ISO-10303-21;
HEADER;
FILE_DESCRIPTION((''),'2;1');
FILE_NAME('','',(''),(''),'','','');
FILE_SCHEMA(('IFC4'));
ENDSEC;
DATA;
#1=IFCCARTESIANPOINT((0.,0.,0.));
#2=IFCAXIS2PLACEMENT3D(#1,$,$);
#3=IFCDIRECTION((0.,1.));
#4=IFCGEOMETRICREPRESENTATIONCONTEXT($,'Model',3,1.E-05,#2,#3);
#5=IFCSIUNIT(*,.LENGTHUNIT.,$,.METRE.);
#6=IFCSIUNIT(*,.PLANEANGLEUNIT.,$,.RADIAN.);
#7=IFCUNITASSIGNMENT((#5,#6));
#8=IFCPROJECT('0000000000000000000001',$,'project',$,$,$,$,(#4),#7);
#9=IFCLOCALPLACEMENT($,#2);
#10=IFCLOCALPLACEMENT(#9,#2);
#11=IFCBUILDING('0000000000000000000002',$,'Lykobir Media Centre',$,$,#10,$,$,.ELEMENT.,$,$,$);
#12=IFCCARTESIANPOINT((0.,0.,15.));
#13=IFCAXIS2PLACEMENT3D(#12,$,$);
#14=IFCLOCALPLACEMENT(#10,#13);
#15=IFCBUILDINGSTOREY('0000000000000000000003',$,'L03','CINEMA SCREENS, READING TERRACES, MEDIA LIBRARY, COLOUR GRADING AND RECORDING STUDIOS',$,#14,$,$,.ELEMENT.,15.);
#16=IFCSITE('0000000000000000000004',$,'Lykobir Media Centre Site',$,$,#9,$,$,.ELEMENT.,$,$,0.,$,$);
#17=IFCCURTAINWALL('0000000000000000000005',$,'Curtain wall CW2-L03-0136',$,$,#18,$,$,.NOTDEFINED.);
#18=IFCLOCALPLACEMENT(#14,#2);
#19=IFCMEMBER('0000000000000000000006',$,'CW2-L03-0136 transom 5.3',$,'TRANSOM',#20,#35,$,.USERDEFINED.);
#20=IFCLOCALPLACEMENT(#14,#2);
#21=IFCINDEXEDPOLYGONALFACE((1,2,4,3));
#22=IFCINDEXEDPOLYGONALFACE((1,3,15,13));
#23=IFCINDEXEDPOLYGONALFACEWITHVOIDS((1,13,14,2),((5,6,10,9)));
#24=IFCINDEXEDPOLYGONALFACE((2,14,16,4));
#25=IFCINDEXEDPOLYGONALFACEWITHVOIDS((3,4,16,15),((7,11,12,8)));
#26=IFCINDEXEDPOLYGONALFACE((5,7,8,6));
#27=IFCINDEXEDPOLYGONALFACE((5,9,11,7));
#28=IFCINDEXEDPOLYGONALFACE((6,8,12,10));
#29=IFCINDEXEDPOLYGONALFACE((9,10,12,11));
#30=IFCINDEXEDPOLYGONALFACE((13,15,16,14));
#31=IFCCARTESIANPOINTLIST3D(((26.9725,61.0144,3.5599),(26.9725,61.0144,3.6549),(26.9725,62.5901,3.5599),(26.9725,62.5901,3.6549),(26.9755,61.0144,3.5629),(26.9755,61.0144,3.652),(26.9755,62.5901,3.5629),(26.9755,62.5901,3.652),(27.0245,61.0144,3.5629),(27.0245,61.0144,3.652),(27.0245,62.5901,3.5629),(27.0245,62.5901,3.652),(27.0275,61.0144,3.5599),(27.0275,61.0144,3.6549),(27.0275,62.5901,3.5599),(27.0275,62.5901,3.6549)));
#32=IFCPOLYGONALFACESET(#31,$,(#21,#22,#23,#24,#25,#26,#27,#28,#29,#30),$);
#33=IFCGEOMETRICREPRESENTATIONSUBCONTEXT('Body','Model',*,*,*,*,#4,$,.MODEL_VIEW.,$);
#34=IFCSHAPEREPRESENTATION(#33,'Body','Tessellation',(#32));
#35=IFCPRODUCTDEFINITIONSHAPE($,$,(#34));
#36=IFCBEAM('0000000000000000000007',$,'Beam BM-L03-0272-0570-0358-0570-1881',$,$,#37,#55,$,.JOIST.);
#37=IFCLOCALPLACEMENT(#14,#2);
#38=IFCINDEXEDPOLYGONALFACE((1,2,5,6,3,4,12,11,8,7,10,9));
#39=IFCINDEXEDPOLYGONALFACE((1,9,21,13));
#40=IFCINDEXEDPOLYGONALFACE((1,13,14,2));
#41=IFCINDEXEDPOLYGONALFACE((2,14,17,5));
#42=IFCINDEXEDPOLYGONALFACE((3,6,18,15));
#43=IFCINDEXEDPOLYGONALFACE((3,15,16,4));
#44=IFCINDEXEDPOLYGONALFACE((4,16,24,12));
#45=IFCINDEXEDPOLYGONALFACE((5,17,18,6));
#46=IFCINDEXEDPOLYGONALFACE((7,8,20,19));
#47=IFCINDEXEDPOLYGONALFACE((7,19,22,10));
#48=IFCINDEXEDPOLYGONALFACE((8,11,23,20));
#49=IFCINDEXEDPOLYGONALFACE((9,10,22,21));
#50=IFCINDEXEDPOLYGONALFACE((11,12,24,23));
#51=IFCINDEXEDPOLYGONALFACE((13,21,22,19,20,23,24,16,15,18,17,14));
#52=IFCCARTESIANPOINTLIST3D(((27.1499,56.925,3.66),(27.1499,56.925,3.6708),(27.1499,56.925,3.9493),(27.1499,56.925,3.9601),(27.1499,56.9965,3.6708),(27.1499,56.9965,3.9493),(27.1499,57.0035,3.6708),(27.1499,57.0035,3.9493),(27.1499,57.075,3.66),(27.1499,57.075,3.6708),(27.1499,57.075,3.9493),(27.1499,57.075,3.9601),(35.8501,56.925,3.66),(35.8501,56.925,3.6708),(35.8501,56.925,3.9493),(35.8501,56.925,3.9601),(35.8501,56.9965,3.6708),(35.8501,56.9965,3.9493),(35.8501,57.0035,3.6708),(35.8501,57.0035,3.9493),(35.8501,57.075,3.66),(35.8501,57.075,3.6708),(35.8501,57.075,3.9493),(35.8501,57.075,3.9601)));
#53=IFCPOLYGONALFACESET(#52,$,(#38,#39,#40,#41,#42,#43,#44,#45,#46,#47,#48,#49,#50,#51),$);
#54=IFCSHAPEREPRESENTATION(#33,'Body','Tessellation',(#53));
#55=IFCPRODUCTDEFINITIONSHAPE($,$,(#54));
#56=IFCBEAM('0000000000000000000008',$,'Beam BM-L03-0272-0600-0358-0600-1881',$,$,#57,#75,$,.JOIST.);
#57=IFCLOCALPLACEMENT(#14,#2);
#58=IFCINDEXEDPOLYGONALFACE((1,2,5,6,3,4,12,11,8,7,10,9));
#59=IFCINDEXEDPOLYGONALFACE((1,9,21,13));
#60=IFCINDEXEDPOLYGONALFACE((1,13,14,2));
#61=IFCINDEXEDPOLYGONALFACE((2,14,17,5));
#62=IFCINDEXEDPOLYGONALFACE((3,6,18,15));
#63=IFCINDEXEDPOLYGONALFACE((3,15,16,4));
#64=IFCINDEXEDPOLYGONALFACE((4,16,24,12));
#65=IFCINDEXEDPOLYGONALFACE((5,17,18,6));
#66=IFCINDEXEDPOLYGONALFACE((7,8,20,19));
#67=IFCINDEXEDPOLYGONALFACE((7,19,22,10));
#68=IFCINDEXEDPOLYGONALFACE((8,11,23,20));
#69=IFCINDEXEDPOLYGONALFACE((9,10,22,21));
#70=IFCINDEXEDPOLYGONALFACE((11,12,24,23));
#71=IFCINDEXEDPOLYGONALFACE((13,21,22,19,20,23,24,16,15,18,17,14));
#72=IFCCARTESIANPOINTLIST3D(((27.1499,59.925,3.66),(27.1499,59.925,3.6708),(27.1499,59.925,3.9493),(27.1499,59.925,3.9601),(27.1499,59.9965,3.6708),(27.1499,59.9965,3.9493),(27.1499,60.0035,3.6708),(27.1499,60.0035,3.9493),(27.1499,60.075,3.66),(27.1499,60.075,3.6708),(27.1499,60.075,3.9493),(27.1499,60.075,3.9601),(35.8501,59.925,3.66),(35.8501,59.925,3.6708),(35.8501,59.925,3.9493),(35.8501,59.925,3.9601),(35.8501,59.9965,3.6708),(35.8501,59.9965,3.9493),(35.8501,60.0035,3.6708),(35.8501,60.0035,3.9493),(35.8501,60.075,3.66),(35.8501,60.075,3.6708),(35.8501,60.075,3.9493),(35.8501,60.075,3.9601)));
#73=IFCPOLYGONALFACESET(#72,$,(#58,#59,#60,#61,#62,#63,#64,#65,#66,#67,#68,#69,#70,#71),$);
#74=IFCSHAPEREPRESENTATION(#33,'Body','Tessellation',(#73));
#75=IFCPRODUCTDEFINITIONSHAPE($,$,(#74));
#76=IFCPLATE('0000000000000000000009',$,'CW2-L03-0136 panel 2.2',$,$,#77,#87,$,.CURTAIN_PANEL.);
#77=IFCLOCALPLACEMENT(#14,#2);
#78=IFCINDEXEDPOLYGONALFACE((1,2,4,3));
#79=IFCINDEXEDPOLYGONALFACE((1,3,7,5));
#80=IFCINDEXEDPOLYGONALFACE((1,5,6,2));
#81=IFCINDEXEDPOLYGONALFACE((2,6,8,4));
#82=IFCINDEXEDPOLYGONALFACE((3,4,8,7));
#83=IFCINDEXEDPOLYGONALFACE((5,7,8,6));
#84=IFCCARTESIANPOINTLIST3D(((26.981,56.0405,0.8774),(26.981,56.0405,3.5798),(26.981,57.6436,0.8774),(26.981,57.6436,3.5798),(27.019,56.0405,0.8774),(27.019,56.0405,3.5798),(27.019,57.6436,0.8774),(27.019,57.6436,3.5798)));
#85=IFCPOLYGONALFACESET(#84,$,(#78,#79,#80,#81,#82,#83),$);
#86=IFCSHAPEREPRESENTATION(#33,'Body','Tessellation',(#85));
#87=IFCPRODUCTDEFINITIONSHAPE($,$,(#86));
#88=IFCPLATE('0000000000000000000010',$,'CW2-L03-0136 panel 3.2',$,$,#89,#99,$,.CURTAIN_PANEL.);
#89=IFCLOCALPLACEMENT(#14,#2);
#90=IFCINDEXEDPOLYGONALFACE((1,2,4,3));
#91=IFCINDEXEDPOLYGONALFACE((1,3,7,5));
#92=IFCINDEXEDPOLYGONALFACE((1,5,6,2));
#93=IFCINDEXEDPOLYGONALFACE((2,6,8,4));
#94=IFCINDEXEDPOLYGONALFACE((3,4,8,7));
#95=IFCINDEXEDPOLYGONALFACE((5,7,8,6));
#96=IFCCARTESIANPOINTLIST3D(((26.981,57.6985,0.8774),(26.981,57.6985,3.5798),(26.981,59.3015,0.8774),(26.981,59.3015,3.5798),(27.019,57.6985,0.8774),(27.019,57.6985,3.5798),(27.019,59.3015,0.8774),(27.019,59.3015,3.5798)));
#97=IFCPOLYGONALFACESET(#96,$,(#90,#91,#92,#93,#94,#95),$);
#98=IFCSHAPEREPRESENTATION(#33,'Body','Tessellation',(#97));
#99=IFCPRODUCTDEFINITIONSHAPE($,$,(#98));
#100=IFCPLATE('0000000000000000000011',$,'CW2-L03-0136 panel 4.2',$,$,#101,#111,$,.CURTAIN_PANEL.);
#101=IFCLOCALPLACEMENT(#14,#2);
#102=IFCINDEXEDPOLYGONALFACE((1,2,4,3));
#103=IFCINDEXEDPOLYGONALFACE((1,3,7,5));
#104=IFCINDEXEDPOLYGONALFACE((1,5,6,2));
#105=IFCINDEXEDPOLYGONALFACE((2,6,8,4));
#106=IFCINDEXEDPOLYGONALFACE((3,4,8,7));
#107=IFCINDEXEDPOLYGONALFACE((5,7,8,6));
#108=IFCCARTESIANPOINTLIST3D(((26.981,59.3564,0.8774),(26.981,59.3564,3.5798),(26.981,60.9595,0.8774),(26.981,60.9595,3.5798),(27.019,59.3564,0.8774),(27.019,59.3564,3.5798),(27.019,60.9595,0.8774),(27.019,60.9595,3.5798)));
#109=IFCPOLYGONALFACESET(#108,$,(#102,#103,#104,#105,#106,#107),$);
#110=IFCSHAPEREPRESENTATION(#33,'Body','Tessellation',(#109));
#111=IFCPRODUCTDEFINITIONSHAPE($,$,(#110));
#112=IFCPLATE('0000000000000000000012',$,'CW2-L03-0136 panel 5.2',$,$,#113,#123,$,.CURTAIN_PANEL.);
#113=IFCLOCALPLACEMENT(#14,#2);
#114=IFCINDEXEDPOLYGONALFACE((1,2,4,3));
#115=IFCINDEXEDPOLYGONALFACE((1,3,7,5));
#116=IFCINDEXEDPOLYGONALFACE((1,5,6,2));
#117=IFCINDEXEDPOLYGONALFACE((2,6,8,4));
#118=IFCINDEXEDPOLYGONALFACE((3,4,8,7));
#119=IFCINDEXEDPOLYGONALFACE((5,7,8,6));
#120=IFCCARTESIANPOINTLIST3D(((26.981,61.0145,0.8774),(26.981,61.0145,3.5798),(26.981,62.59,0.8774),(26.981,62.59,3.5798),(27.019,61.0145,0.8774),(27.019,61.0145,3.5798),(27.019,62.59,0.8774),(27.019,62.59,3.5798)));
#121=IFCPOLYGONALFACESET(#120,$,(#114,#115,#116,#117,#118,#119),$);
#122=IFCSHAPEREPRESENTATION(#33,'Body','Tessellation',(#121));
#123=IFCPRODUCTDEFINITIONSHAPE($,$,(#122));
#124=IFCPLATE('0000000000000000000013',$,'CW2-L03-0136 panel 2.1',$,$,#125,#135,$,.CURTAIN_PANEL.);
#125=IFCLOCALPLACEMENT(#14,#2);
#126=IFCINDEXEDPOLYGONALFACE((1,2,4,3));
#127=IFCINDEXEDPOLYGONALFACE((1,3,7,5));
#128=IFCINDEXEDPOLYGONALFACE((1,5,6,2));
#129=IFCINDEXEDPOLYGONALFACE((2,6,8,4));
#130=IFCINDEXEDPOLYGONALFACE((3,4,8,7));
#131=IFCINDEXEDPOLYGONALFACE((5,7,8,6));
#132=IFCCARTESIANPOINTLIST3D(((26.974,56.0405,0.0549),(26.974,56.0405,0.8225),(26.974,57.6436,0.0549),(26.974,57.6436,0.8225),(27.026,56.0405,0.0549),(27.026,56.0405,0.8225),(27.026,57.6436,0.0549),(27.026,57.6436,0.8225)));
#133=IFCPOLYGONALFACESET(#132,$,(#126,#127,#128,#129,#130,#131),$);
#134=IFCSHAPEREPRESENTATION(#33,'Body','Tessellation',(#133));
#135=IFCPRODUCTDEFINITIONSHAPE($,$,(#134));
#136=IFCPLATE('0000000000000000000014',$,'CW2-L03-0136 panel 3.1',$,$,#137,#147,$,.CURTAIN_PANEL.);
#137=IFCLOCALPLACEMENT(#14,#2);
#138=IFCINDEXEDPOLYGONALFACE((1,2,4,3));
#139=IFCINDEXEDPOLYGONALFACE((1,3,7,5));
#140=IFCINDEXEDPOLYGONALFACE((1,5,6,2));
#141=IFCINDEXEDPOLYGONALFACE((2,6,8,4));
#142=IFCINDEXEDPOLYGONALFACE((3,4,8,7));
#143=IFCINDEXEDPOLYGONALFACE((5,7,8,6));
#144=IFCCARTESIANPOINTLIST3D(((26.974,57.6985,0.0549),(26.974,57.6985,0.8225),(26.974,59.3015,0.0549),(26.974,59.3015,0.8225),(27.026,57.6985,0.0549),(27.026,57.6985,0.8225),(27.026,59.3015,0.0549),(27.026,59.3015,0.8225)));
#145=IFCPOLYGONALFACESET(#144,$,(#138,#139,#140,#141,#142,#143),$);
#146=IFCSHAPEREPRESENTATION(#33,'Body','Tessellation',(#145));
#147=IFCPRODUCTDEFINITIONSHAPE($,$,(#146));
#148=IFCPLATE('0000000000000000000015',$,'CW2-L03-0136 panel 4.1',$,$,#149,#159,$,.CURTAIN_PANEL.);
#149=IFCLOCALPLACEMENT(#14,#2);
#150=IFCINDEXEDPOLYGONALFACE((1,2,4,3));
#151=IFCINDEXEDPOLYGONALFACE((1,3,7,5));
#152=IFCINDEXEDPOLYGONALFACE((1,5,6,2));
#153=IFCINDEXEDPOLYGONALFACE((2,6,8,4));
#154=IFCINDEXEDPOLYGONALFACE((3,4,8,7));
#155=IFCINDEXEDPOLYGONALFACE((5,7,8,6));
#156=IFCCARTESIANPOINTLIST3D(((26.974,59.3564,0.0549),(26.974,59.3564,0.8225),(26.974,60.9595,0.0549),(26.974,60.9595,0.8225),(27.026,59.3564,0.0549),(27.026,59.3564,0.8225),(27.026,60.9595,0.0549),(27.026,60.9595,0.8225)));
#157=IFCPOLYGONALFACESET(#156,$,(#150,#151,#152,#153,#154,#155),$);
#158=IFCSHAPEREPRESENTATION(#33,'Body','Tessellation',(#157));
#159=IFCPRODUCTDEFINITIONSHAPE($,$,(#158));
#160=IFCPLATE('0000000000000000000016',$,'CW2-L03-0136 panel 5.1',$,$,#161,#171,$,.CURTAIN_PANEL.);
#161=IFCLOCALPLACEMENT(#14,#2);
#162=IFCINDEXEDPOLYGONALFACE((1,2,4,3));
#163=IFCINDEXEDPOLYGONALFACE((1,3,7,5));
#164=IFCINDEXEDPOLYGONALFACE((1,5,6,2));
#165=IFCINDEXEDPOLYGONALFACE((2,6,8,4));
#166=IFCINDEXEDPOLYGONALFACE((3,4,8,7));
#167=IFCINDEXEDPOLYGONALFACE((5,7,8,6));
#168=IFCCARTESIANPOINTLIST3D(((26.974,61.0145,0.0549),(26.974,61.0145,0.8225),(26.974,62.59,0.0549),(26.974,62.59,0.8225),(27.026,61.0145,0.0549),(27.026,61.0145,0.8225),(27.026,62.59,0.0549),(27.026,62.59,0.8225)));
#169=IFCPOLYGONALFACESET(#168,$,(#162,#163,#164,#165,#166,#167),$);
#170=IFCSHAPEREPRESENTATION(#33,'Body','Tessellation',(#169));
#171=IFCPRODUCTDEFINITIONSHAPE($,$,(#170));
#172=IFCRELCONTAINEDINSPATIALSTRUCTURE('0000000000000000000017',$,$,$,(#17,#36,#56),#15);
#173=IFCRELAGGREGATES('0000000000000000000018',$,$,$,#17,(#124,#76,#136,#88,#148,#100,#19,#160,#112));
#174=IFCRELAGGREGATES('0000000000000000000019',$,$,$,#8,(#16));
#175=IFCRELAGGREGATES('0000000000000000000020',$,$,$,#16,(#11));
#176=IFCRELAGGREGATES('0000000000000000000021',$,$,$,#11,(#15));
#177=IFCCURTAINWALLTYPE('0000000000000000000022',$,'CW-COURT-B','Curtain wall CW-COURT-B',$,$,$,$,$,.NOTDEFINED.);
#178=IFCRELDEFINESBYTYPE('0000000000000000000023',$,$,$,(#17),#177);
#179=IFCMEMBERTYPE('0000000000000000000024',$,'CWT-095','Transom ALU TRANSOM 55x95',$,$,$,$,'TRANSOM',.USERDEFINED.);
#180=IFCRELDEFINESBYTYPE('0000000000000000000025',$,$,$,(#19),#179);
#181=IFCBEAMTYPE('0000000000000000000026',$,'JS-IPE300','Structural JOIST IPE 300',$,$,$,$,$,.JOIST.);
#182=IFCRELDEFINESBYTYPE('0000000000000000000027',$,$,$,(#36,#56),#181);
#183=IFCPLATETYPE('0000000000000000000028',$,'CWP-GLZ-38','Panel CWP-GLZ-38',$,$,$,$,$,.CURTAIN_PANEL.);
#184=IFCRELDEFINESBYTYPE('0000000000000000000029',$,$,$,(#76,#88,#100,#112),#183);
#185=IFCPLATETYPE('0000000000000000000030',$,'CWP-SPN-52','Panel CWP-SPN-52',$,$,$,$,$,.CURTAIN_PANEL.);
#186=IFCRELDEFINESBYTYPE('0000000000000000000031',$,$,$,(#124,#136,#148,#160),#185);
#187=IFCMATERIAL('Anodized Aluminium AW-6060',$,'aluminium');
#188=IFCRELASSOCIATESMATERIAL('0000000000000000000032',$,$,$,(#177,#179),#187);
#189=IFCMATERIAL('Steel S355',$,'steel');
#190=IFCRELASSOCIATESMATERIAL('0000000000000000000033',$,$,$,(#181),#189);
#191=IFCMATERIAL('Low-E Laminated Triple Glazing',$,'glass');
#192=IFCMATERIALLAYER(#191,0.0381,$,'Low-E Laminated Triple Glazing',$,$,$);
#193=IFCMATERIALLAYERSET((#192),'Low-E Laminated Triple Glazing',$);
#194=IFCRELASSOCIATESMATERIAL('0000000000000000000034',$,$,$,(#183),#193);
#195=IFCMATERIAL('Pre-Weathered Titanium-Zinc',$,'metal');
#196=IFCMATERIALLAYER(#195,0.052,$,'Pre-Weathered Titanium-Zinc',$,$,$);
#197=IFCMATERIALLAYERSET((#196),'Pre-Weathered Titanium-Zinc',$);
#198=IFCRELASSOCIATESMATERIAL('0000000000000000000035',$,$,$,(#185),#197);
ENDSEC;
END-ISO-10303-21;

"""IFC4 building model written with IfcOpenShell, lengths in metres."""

from ifc_helpers import new_model, si_unit, direction, frame, origin, origin_2d, place, context, subcontext, project, spatial, rectangle, hollow_rectangle, i_section, extrude, material, layer, layer_set, material_profile, profile_set, type_object, element, aggregate, save


model = new_model("IFC4")

# Units and contexts
model_context = context("Model", 3, precision=1e-05, world=origin(), true_north=direction((0.0, 1.0)))
body_context = subcontext(model_context, "Body", "Model", "MODEL_VIEW")
ifc_project = project(units=[si_unit("LENGTHUNIT", "METRE"), si_unit("PLANEANGLEUNIT", "RADIAN")], contexts=[model_context])

# Site, building, storey
site_placement = place(None, origin())
site = spatial("IfcSite", under=ifc_project, at=site_placement, Name="Lykobir Media Centre Site", CompositionType="ELEMENT", RefElevation=0.0)
building_placement = place(site_placement, origin())
building = spatial("IfcBuilding", under=site, at=building_placement, Name="Lykobir Media Centre", CompositionType="ELEMENT")
storey_placement = place(building_placement, frame((0.0, 0.0, 15.0)))
storey = spatial("IfcBuildingStorey", under=building, at=storey_placement, Name="L03", Description="CINEMA SCREENS, READING TERRACES, MEDIA LIBRARY, COLOUR GRADING AND RECORDING STUDIOS", CompositionType="ELEMENT", Elevation=15.0)

# Curtain wall, member
ifc_material_1 = material(Name="Anodized Aluminium AW-6060", Category="aluminium")
curtain_wall_type = type_object("IfcCurtainWallType", Name="CW-COURT-B", Description="Curtain wall CW-COURT-B", PredefinedType="NOTDEFINED", material=ifc_material_1)
curtain_wall_placement = place(storey_placement, origin())
curtain_wall = element("IfcCurtainWall", 1, at=curtain_wall_placement, inside=storey, type_object=curtain_wall_type, Name="Curtain wall CW2-L03-0136", PredefinedType="NOTDEFINED")
ifc_material_profile_1 = material_profile(ifc_material_1, hollow_rectangle(XDim=0.0549, YDim=0.095, WallThickness=0.0029, at=origin_2d()), Name="ALU TRANSOM 55x95")
ifc_profile_set_1 = profile_set([ifc_material_profile_1], Name="Anodized Aluminium AW-6060")
member_type_1 = type_object("IfcMemberType", Name="CWT-095", Description="Transom ALU TRANSOM 55x95", ElementType="TRANSOM", PredefinedType="USERDEFINED", material=ifc_profile_set_1)
member_1_placement = place(storey_placement, frame((27.0, 61.0144, 3.6074), z_axis=(0.0, 1.0, 0.0), x_axis=(-1.0, 0.0, 0.0)))
member_1 = element("IfcMember", 2, at=member_1_placement, type_object=member_type_1, Name="CW2-L03-0136 transom 5.3", ObjectType="TRANSOM", PredefinedType="USERDEFINED", context=body_context, shape_type="SweptSolid", body=[
    extrude(hollow_rectangle(XDim=0.0549, YDim=0.095, WallThickness=0.0029, at=origin_2d()), origin(), (0.0, 0.0, 1.0), 1.5757),
])

# Beams
ifc_material_2 = material(Name="Steel S355", Category="steel")
ifc_material_profile_2 = material_profile(ifc_material_2, i_section(OverallWidth=0.1499, OverallDepth=0.3, WebThickness=0.0071, FlangeThickness=0.0107, at=origin_2d()), Name="IPE 300")
ifc_profile_set_2 = profile_set([ifc_material_profile_2], Name="Steel S355")
beam_type = type_object("IfcBeamType", Name="JS-IPE300", Description="Structural JOIST IPE 300", PredefinedType="JOIST", material=ifc_profile_set_2)
for number, where, z_axis, x_axis, name in (
    (3, (27.1499, 57.0, 3.8101), (1.0, 0.0, 0.0), (0.0, 1.0, 0.0), "Beam BM-L03-0272-0570-0358-0570-1881"),
    (4, (27.1499, 60.0, 3.8101), (1.0, 0.0, 0.0), (0.0, 1.0, 0.0), "Beam BM-L03-0272-0600-0358-0600-1881"),
):
    element("IfcBeam", number, at=place(storey_placement, frame(where, z_axis=z_axis, x_axis=x_axis)), inside=storey, type_object=beam_type, Name=name, PredefinedType="JOIST", context=body_context, shape_type="SweptSolid", body=[
        extrude(i_section(OverallWidth=0.1499, OverallDepth=0.3, WebThickness=0.0071, FlangeThickness=0.0107, at=origin_2d()), origin(), (0.0, 0.0, 1.0), 8.7002),
    ])

# Plates
ifc_material_3 = material(Name="Low-E Laminated Triple Glazing", Category="glass")
ifc_layer_1 = layer(ifc_material_3, 0.0381, Name="Low-E Laminated Triple Glazing")
ifc_layer_set_1 = layer_set([ifc_layer_1], Name="Low-E Laminated Triple Glazing")
plate_type_1 = type_object("IfcPlateType", Name="CWP-GLZ-38", Description="Panel CWP-GLZ-38", PredefinedType="CURTAIN_PANEL", material=ifc_layer_set_1)
plate_1_placement = place(storey_placement, frame((27.0, 56.842, 0.8774), z_axis=(0.0, 0.0, 1.0), x_axis=(0.0, 1.0, 0.0)))
plate_1 = element("IfcPlate", 5, at=plate_1_placement, type_object=plate_type_1, Name="CW2-L03-0136 panel 2.2", PredefinedType="CURTAIN_PANEL", context=body_context, shape_type="SweptSolid", body=[
    extrude(rectangle(XDim=1.603, YDim=0.0381, at=origin_2d()), origin(), (0.0, 0.0, 1.0), 2.7024),
])
plate_2_placement = place(storey_placement, frame((27.0, 58.5, 0.8774), z_axis=(0.0, 0.0, 1.0), x_axis=(0.0, 1.0, 0.0)))
plate_2 = element("IfcPlate", 6, at=plate_2_placement, type_object=plate_type_1, Name="CW2-L03-0136 panel 3.2", PredefinedType="CURTAIN_PANEL", context=body_context, shape_type="SweptSolid", body=[
    extrude(rectangle(XDim=1.603, YDim=0.0381, at=origin_2d()), origin(), (0.0, 0.0, 1.0), 2.7024),
])
plate_3_placement = place(storey_placement, frame((27.0, 60.158, 0.8774), z_axis=(0.0, 0.0, 1.0), x_axis=(0.0, 1.0, 0.0)))
plate_3 = element("IfcPlate", 7, at=plate_3_placement, type_object=plate_type_1, Name="CW2-L03-0136 panel 4.2", PredefinedType="CURTAIN_PANEL", context=body_context, shape_type="SweptSolid", body=[
    extrude(rectangle(XDim=1.603, YDim=0.0381, at=origin_2d()), origin(), (0.0, 0.0, 1.0), 2.7024),
])
plate_4_placement = place(storey_placement, frame((27.0, 61.8022, 0.8774), z_axis=(0.0, 0.0, 1.0), x_axis=(0.0, 1.0, 0.0)))
plate_4 = element("IfcPlate", 8, at=plate_4_placement, type_object=plate_type_1, Name="CW2-L03-0136 panel 5.2", PredefinedType="CURTAIN_PANEL", context=body_context, shape_type="SweptSolid", body=[
    extrude(rectangle(XDim=1.5754, YDim=0.0381, at=origin_2d()), origin(), (0.0, 0.0, 1.0), 2.7024),
])
ifc_material_4 = material(Name="Pre-Weathered Titanium-Zinc", Category="metal")
ifc_layer_2 = layer(ifc_material_4, 0.052, Name="Pre-Weathered Titanium-Zinc")
ifc_layer_set_2 = layer_set([ifc_layer_2], Name="Pre-Weathered Titanium-Zinc")
plate_type_2 = type_object("IfcPlateType", Name="CWP-SPN-52", Description="Panel CWP-SPN-52", PredefinedType="CURTAIN_PANEL", material=ifc_layer_set_2)
plate_5_placement = place(storey_placement, frame((27.0, 56.842, 0.0549), z_axis=(0.0, 0.0, 1.0), x_axis=(0.0, 1.0, 0.0)))
plate_5 = element("IfcPlate", 9, at=plate_5_placement, type_object=plate_type_2, Name="CW2-L03-0136 panel 2.1", PredefinedType="CURTAIN_PANEL", context=body_context, shape_type="SweptSolid", body=[
    extrude(rectangle(XDim=1.603, YDim=0.052, at=origin_2d()), origin(), (0.0, 0.0, 1.0), 0.7676),
])
plate_6_placement = place(storey_placement, frame((27.0, 58.5, 0.0549), z_axis=(0.0, 0.0, 1.0), x_axis=(0.0, 1.0, 0.0)))
plate_6 = element("IfcPlate", 10, at=plate_6_placement, type_object=plate_type_2, Name="CW2-L03-0136 panel 3.1", PredefinedType="CURTAIN_PANEL", context=body_context, shape_type="SweptSolid", body=[
    extrude(rectangle(XDim=1.603, YDim=0.052, at=origin_2d()), origin(), (0.0, 0.0, 1.0), 0.7676),
])
plate_7_placement = place(storey_placement, frame((27.0, 60.158, 0.0549), z_axis=(0.0, 0.0, 1.0), x_axis=(0.0, 1.0, 0.0)))
plate_7 = element("IfcPlate", 11, at=plate_7_placement, type_object=plate_type_2, Name="CW2-L03-0136 panel 4.1", PredefinedType="CURTAIN_PANEL", context=body_context, shape_type="SweptSolid", body=[
    extrude(rectangle(XDim=1.603, YDim=0.052, at=origin_2d()), origin(), (0.0, 0.0, 1.0), 0.7676),
])
plate_8_placement = place(storey_placement, frame((27.0, 61.8022, 0.0549), z_axis=(0.0, 0.0, 1.0), x_axis=(0.0, 1.0, 0.0)))
plate_8 = element("IfcPlate", 12, at=plate_8_placement, type_object=plate_type_2, Name="CW2-L03-0136 panel 5.1", PredefinedType="CURTAIN_PANEL", context=body_context, shape_type="SweptSolid", body=[
    extrude(rectangle(XDim=1.5754, YDim=0.052, at=origin_2d()), origin(), (0.0, 0.0, 1.0), 0.7676),
])
aggregate(curtain_wall, [plate_5, plate_1, plate_6, plate_2, plate_7, plate_3, member_1, plate_8, plate_4])

save(model, "model.ifc")
